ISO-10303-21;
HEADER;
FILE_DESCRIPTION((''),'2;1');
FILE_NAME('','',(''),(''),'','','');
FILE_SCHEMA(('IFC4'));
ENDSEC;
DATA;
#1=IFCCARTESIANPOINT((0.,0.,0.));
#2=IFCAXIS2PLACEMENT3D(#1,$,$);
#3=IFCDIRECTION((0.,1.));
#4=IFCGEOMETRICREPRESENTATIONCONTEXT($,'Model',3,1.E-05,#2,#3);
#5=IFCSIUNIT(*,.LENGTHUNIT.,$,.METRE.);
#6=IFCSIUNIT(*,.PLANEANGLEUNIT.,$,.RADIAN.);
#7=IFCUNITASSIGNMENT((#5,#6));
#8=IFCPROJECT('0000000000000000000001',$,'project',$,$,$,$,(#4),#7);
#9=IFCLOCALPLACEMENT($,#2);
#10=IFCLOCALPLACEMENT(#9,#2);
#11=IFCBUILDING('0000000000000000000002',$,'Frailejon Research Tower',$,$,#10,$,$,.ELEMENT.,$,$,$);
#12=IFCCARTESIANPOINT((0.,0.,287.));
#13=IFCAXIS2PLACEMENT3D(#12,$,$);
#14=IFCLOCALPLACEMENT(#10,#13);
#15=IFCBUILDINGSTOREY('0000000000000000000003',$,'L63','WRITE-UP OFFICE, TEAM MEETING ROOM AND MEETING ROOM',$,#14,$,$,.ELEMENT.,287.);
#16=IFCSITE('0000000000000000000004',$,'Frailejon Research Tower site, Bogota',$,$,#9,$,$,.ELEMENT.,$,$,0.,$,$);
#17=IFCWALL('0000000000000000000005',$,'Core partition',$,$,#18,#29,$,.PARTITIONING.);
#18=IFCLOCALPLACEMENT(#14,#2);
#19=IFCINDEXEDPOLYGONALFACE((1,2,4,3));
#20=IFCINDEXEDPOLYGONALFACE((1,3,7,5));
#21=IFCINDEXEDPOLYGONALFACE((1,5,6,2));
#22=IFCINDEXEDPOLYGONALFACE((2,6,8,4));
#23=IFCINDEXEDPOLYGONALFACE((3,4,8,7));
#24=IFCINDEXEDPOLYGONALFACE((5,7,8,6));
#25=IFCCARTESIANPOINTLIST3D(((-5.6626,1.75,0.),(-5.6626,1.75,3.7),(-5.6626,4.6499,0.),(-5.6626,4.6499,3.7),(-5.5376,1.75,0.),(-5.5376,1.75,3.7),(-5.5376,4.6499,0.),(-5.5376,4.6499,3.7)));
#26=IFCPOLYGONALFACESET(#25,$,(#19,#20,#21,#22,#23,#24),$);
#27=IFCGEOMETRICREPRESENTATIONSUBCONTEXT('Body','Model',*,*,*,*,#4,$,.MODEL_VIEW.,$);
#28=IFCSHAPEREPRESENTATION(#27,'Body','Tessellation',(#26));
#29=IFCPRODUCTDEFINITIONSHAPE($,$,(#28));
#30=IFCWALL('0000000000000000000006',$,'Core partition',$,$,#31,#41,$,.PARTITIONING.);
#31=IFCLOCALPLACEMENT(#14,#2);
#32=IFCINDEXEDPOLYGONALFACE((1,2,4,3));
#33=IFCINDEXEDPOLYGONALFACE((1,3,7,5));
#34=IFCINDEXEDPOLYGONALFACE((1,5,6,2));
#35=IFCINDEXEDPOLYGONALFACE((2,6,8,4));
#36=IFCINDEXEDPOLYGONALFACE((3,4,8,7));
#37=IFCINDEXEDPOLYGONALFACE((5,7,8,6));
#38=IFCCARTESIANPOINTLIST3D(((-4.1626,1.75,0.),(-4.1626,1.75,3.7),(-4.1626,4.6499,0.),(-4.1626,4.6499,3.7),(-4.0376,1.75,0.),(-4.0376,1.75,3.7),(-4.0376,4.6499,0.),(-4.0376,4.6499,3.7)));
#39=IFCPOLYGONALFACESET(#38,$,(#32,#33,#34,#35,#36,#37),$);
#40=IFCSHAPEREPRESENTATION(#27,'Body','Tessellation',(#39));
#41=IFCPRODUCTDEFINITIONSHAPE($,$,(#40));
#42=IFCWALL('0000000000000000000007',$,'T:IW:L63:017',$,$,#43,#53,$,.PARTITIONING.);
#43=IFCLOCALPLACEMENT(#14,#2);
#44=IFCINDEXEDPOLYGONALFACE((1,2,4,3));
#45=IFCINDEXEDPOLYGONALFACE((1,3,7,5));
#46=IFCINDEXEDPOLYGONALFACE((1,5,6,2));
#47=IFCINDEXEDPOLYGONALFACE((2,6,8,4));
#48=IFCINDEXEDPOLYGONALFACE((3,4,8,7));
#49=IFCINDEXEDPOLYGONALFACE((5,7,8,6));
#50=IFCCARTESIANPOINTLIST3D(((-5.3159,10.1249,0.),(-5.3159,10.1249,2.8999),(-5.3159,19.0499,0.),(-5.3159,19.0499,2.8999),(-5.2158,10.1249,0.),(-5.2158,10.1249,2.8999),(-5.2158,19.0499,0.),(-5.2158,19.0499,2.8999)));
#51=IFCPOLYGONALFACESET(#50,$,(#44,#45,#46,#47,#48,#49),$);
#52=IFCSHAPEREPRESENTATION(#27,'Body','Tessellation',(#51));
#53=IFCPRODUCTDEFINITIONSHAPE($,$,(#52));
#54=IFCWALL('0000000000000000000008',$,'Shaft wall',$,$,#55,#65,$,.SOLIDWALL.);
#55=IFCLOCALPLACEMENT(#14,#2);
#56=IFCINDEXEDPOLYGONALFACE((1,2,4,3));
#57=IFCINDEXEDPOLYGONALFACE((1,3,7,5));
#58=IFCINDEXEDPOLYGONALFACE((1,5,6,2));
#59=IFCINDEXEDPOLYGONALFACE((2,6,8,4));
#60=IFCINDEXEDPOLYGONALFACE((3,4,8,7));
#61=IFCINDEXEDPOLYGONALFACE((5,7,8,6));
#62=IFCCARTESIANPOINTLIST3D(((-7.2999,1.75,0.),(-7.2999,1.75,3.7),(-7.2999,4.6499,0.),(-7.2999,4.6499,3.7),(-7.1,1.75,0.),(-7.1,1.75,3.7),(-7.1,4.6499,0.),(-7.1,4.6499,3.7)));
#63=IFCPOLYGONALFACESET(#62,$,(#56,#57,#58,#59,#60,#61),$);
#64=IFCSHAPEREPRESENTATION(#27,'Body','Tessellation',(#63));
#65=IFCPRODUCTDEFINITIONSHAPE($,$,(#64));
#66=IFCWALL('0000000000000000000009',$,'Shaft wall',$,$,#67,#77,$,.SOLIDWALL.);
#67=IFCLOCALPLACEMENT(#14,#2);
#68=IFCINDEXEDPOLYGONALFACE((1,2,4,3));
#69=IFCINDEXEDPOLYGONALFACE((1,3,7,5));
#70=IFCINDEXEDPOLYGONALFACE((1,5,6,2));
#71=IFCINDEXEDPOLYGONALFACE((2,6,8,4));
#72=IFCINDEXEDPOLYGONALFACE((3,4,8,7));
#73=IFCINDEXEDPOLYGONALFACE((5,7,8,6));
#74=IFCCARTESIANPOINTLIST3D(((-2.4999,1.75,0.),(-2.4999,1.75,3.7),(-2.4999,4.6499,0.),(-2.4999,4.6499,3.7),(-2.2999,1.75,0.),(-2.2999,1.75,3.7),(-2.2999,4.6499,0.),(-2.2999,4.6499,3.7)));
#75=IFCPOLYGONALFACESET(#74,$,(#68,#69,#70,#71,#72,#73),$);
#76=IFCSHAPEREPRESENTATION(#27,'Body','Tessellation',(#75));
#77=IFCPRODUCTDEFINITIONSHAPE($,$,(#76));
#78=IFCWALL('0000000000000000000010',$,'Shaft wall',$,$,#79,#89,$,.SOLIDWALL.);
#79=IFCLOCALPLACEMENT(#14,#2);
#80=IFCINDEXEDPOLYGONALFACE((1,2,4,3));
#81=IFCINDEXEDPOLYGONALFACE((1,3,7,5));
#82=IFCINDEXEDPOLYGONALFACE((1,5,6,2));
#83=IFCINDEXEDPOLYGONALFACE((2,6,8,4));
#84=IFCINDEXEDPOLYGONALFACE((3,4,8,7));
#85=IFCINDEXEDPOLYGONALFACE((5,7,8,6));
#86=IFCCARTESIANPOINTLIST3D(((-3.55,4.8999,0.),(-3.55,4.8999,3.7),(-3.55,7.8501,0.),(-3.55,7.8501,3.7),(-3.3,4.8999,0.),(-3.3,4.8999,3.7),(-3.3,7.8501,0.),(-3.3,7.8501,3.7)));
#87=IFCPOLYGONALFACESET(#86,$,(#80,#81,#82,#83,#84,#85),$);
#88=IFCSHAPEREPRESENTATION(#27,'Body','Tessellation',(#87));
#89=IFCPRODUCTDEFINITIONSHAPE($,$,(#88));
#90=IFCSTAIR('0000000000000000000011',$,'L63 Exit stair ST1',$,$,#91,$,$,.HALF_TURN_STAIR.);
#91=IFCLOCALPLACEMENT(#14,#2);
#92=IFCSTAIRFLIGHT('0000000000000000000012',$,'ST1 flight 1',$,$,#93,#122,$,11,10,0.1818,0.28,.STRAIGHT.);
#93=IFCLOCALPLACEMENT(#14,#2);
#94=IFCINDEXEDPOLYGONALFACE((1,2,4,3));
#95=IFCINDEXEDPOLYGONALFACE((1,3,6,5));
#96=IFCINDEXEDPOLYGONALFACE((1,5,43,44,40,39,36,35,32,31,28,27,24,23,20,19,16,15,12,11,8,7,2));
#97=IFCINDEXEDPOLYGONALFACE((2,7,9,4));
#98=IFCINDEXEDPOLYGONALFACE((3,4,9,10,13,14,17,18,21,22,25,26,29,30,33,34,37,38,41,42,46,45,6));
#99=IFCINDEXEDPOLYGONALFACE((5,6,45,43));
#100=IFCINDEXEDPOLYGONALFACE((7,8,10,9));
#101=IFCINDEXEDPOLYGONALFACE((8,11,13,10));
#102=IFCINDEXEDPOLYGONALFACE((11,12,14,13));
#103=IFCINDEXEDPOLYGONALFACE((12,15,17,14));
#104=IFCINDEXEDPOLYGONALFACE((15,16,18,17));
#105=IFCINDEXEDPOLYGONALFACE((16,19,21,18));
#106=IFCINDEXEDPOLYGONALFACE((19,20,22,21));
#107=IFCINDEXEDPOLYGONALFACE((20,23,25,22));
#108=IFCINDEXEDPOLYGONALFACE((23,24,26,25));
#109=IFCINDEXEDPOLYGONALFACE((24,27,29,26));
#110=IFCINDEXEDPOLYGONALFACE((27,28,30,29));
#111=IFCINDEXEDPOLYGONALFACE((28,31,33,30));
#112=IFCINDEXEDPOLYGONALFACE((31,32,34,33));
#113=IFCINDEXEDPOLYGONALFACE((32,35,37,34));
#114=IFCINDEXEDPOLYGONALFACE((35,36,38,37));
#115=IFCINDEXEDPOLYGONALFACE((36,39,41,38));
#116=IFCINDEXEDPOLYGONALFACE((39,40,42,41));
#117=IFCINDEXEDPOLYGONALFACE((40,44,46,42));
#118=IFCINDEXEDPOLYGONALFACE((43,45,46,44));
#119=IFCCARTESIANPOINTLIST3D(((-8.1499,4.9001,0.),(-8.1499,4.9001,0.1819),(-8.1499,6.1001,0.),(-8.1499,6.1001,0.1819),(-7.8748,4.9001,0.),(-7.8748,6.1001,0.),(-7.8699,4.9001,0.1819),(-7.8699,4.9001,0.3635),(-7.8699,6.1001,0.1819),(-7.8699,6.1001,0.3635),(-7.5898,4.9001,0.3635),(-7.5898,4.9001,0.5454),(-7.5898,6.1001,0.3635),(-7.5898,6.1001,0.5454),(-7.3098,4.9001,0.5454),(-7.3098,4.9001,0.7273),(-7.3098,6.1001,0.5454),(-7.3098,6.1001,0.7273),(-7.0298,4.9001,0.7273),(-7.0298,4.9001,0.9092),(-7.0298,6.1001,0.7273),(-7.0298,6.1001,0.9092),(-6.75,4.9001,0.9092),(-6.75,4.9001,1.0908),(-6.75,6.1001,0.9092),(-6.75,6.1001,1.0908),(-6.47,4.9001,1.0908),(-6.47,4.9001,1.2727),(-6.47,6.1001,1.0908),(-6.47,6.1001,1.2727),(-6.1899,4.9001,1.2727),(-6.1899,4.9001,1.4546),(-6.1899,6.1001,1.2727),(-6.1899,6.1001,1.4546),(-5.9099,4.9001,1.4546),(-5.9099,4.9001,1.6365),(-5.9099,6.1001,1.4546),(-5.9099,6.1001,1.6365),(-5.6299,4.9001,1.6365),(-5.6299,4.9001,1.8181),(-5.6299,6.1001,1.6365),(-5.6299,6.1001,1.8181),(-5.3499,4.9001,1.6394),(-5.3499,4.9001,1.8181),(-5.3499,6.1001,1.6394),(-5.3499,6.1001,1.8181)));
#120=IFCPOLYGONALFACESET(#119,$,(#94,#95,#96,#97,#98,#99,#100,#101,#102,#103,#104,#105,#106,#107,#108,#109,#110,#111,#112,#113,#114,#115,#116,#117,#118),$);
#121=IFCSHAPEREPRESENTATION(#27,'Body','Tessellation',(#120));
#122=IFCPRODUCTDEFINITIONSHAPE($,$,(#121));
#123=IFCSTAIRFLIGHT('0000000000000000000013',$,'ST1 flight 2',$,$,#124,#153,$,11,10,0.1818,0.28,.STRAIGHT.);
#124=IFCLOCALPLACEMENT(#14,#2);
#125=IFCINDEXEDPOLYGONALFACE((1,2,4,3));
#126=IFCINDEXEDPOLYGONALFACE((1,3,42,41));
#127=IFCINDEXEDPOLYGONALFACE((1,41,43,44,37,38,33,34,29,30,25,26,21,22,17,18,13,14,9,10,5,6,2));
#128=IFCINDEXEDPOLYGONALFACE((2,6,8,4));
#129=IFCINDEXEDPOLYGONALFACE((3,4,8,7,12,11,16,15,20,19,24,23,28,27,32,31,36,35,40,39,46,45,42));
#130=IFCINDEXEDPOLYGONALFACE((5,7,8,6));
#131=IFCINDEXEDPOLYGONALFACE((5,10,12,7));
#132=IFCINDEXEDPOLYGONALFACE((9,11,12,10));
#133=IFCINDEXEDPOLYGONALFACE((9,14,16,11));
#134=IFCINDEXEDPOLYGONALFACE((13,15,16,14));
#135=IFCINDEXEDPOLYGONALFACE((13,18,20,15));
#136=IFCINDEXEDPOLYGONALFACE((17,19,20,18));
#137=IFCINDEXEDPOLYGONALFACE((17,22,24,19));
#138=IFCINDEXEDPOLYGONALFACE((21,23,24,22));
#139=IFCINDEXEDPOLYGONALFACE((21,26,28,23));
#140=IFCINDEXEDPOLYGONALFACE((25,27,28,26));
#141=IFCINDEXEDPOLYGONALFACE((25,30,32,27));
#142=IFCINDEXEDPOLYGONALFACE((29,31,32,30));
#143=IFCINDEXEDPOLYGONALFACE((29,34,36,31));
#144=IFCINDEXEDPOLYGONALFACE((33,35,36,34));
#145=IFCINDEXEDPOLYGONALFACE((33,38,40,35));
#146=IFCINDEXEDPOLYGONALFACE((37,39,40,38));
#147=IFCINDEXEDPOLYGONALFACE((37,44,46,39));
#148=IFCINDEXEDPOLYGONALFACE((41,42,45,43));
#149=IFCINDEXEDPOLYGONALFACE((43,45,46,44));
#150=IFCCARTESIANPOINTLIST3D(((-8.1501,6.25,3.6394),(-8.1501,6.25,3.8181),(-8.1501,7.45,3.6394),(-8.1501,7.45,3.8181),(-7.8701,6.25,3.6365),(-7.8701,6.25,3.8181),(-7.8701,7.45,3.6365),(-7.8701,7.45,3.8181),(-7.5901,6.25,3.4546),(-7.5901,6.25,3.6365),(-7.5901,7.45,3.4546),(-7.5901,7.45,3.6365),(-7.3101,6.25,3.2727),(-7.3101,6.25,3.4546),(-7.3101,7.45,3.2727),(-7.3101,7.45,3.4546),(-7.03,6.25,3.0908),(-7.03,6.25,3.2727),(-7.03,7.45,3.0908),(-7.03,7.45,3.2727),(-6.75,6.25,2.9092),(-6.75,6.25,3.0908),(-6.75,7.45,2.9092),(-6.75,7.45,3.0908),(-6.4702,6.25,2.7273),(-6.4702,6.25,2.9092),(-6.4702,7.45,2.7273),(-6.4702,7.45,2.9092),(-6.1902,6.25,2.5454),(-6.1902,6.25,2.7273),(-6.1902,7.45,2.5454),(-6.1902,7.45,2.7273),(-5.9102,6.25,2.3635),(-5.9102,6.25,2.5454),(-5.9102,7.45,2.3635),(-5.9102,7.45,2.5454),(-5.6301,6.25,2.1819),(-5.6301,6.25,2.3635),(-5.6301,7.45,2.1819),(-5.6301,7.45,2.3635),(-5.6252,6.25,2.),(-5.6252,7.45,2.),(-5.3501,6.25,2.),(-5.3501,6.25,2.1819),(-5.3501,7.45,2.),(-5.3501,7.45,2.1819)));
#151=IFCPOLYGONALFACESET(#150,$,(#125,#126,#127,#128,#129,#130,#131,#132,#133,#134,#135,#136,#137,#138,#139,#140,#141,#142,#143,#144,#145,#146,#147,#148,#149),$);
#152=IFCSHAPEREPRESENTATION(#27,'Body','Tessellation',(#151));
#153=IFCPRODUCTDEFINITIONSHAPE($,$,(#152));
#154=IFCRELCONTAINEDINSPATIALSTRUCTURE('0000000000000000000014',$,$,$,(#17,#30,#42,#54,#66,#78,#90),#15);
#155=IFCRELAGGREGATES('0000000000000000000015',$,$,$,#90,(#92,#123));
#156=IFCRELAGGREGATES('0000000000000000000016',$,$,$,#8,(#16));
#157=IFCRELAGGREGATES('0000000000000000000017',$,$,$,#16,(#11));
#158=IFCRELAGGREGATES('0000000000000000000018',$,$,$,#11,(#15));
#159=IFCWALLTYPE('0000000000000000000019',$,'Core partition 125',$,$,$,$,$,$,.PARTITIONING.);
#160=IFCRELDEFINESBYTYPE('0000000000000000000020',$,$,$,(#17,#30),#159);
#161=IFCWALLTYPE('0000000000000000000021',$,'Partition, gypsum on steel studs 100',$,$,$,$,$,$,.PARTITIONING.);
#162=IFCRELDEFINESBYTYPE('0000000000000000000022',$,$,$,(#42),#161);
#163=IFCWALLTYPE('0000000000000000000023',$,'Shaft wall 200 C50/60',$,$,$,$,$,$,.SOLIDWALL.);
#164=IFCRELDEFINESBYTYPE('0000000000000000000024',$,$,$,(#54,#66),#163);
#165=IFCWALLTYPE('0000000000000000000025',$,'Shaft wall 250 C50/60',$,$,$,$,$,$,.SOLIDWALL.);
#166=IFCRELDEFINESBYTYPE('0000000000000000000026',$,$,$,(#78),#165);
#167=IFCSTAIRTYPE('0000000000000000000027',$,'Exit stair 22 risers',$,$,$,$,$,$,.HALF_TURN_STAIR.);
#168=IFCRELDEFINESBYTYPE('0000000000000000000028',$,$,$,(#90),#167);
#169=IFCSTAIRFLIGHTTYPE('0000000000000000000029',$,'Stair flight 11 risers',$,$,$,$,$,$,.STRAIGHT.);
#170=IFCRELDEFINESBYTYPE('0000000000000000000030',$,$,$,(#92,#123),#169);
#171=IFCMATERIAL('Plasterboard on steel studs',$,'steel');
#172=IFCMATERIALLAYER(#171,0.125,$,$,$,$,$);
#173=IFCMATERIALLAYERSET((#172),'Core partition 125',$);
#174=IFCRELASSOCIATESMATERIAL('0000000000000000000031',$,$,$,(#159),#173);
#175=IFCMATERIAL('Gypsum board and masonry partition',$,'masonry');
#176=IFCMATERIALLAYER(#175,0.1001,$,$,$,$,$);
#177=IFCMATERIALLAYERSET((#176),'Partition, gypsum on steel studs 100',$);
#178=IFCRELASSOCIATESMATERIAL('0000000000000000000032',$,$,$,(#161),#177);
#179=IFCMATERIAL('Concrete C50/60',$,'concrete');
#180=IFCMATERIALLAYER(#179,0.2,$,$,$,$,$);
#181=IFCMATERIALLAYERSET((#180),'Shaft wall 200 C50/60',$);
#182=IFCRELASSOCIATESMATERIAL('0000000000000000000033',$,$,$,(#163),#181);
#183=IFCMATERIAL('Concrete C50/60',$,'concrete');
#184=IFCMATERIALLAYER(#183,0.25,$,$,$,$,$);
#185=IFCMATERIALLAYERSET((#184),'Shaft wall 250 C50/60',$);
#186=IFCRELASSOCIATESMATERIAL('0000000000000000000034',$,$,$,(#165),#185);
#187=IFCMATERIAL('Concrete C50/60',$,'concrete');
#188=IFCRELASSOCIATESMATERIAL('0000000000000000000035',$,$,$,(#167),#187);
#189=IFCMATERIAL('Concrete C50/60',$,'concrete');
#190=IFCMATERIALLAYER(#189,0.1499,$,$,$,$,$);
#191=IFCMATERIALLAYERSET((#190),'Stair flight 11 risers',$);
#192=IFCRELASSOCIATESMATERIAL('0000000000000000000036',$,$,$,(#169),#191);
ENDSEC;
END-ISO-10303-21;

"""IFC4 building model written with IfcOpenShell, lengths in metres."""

from ifc_helpers import new_model, si_unit, direction, frame, frame_2d, origin, place, context, subcontext, project, spatial, polyline, rectangle, outline, extrude, material, layer, layer_set, type_object, element, aggregate, save


model = new_model("IFC4")

# Units and contexts
model_context = context("Model", 3, precision=1e-05, world=origin(), true_north=direction((0.0, 1.0)))
body_context = subcontext(model_context, "Body", "Model", "MODEL_VIEW")
ifc_project = project(units=[si_unit("LENGTHUNIT", "METRE"), si_unit("PLANEANGLEUNIT", "RADIAN")], contexts=[model_context])

# Site, building, storey
site_placement = place(None, origin())
site = spatial("IfcSite", under=ifc_project, at=site_placement, Name="Frailejon Research Tower site, Bogota", CompositionType="ELEMENT", RefElevation=0.0)
building_placement = place(site_placement, origin())
building = spatial("IfcBuilding", under=site, at=building_placement, Name="Frailejon Research Tower", CompositionType="ELEMENT")
storey_placement = place(building_placement, frame((0.0, 0.0, 287.0)))
storey = spatial("IfcBuildingStorey", under=building, at=storey_placement, Name="L63", Description="WRITE-UP OFFICE, TEAM MEETING ROOM AND MEETING ROOM", CompositionType="ELEMENT", Elevation=287.0)

# Walls
ifc_material_1 = material(Name="Plasterboard on steel studs", Category="steel")
ifc_layer_1 = layer(ifc_material_1, 0.125)
ifc_layer_set_1 = layer_set([ifc_layer_1], Name="Core partition 125")
wall_type_1 = type_object("IfcWallType", Name="Core partition 125", PredefinedType="PARTITIONING", material=ifc_layer_set_1)
for number, where, z_axis, x_axis, name in (
    (1, (-5.6001, 1.75, 0.0), (0.0, 0.0, 1.0), (0.0, 1.0, 0.0), "Core partition"),
    (2, (-4.1001, 1.75, 0.0), (0.0, 0.0, 1.0), (0.0, 1.0, 0.0), "Core partition"),
):
    element("IfcWall", number, at=place(storey_placement, frame(where, z_axis=z_axis, x_axis=x_axis)), inside=storey, type_object=wall_type_1, Name=name, PredefinedType="PARTITIONING", context=body_context, shape_type="SweptSolid", body=[
        extrude(rectangle(XDim=2.8999, YDim=0.125, at=frame_2d((1.45, 0.0))), origin(), (0.0, 0.0, 1.0), 3.7),
    ])
ifc_material_2 = material(Name="Gypsum board and masonry partition", Category="masonry")
ifc_layer_2 = layer(ifc_material_2, 0.1001)
ifc_layer_set_2 = layer_set([ifc_layer_2], Name="Partition, gypsum on steel studs 100")
wall_type_2 = type_object("IfcWallType", Name="Partition, gypsum on steel studs 100", PredefinedType="PARTITIONING", material=ifc_layer_set_2)
wall_1_placement = place(storey_placement, frame((-5.2659, 10.125, 0.0), z_axis=(0.0, 0.0, 1.0), x_axis=(0.0, 1.0, 0.0)))
element("IfcWall", 3, at=wall_1_placement, inside=storey, type_object=wall_type_2, Name="T:IW:L63:017", PredefinedType="PARTITIONING", context=body_context, shape_type="SweptSolid", body=[
    extrude(rectangle(XDim=8.925, YDim=0.1001, at=frame_2d((4.4624, 0.0))), origin(), (0.0, 0.0, 1.0), 2.8999),
])
ifc_material_3 = material(Name="Concrete C50/60", Category="concrete")
ifc_layer_3 = layer(ifc_material_3, 0.2)
ifc_layer_set_3 = layer_set([ifc_layer_3], Name="Shaft wall 200 C50/60")
wall_type_3 = type_object("IfcWallType", Name="Shaft wall 200 C50/60", PredefinedType="SOLIDWALL", material=ifc_layer_set_3)
for number, where, z_axis, x_axis, name in (
    (4, (-7.2, 1.75, 0.0), (0.0, 0.0, 1.0), (0.0, 1.0, 0.0), "Shaft wall"),
    (5, (-2.3999, 1.75, 0.0), (0.0, 0.0, 1.0), (0.0, 1.0, 0.0), "Shaft wall"),
):
    element("IfcWall", number, at=place(storey_placement, frame(where, z_axis=z_axis, x_axis=x_axis)), inside=storey, type_object=wall_type_3, Name=name, PredefinedType="SOLIDWALL", context=body_context, shape_type="SweptSolid", body=[
        extrude(rectangle(XDim=2.8999, YDim=0.2, at=frame_2d((1.45, 0.0))), origin(), (0.0, 0.0, 1.0), 3.7),
    ])
ifc_material_4 = material(Name="Concrete C50/60", Category="concrete")
ifc_layer_4 = layer(ifc_material_4, 0.25)
ifc_layer_set_4 = layer_set([ifc_layer_4], Name="Shaft wall 250 C50/60")
wall_type_4 = type_object("IfcWallType", Name="Shaft wall 250 C50/60", PredefinedType="SOLIDWALL", material=ifc_layer_set_4)
wall_2_placement = place(storey_placement, frame((-3.425, 4.8999, 0.0), z_axis=(0.0, 0.0, 1.0), x_axis=(0.0, 1.0, 0.0)))
element("IfcWall", 6, at=wall_2_placement, inside=storey, type_object=wall_type_4, Name="Shaft wall", PredefinedType="SOLIDWALL", context=body_context, shape_type="SweptSolid", body=[
    extrude(rectangle(XDim=2.9502, YDim=0.25, at=frame_2d((1.4751, 0.0))), origin(), (0.0, 0.0, 1.0), 3.7),
])

# Stair, stair flights
ifc_material_5 = material(Name="Concrete C50/60", Category="concrete")
stair_type = type_object("IfcStairType", Name="Exit stair 22 risers", PredefinedType="HALF_TURN_STAIR", material=ifc_material_5)
stair_placement = place(storey_placement, origin())
stair = element("IfcStair", 7, at=stair_placement, inside=storey, type_object=stair_type, Name="L63 Exit stair ST1", PredefinedType="HALF_TURN_STAIR")
ifc_material_6 = material(Name="Concrete C50/60", Category="concrete")
ifc_layer_5 = layer(ifc_material_6, 0.1499)
ifc_layer_set_5 = layer_set([ifc_layer_5], Name="Stair flight 11 risers")
stair_flight_type = type_object("IfcStairFlightType", Name="Stair flight 11 risers", PredefinedType="STRAIGHT", material=ifc_layer_set_5)
stair_flight_1_placement = place(storey_placement, frame((-8.1499, 5.5, 0.0), z_axis=(0.0, 0.0, 1.0), x_axis=(1.0, 0.0, 0.0)))
stair_flight_1 = element("IfcStairFlight", 8, at=stair_flight_1_placement, type_object=stair_flight_type, Name="ST1 flight 1", NumberOfRisers=11, NumberOfTreads=10, PredefinedType="STRAIGHT", RiserHeight=0.1818, TreadLength=0.28, context=body_context, shape_type="SweptSolid", body=[
    extrude(outline(polyline([(0.0, 0.0), (0.0, 0.1819), (0.28, 0.1819), (0.28, 0.3635), (0.5601, 0.3635), (0.5601, 0.5454), (0.8401, 0.5454), (0.8401, 0.7273), (1.1201, 0.7273), (1.1201, 0.9092), (1.3999, 0.9092), (1.3999, 1.0908), (1.6799, 1.0908), (1.6799, 1.2727), (1.96, 1.2727), (1.96, 1.4546), (2.24, 1.4546), (2.24, 1.6365), (2.52, 1.6365), (2.52, 1.8181), (2.8, 1.8181), (2.8, 2.0), (2.8, 1.6394), (0.2751, 0.0), (0.0, 0.0)])), frame((0.0, 0.6001, 0.0), z_axis=(0.0, -1.0, 0.0), x_axis=(1.0, 0.0, 0.0)), (0.0, 0.0, 1.0), 1.2),
])
stair_flight_2_placement = place(storey_placement, frame((-5.3501, 6.8501, 2.0), z_axis=(0.0, 0.0, 1.0), x_axis=(-1.0, 0.0, 0.0)))
stair_flight_2 = element("IfcStairFlight", 9, at=stair_flight_2_placement, type_object=stair_flight_type, Name="ST1 flight 2", NumberOfRisers=11, NumberOfTreads=10, PredefinedType="STRAIGHT", RiserHeight=0.1818, TreadLength=0.28, context=body_context, shape_type="SweptSolid", body=[
    extrude(outline(polyline([(0.0, 0.0), (0.0, 0.1819), (0.28, 0.1819), (0.28, 0.3635), (0.5601, 0.3635), (0.5601, 0.5454), (0.8401, 0.5454), (0.8401, 0.7273), (1.1201, 0.7273), (1.1201, 0.9092), (1.3999, 0.9092), (1.3999, 1.0908), (1.6799, 1.0908), (1.6799, 1.2727), (1.96, 1.2727), (1.96, 1.4546), (2.24, 1.4546), (2.24, 1.6365), (2.52, 1.6365), (2.52, 1.8181), (2.8, 1.8181), (2.8, 2.0), (2.8, 1.6394), (0.2751, 0.0), (0.0, 0.0)])), frame((0.0, 0.6001, 0.0), z_axis=(0.0, -1.0, 0.0), x_axis=(1.0, 0.0, 0.0)), (0.0, 0.0, 1.0), 1.2),
])
aggregate(stair, [stair_flight_1, stair_flight_2])

save(model, "model.ifc")
